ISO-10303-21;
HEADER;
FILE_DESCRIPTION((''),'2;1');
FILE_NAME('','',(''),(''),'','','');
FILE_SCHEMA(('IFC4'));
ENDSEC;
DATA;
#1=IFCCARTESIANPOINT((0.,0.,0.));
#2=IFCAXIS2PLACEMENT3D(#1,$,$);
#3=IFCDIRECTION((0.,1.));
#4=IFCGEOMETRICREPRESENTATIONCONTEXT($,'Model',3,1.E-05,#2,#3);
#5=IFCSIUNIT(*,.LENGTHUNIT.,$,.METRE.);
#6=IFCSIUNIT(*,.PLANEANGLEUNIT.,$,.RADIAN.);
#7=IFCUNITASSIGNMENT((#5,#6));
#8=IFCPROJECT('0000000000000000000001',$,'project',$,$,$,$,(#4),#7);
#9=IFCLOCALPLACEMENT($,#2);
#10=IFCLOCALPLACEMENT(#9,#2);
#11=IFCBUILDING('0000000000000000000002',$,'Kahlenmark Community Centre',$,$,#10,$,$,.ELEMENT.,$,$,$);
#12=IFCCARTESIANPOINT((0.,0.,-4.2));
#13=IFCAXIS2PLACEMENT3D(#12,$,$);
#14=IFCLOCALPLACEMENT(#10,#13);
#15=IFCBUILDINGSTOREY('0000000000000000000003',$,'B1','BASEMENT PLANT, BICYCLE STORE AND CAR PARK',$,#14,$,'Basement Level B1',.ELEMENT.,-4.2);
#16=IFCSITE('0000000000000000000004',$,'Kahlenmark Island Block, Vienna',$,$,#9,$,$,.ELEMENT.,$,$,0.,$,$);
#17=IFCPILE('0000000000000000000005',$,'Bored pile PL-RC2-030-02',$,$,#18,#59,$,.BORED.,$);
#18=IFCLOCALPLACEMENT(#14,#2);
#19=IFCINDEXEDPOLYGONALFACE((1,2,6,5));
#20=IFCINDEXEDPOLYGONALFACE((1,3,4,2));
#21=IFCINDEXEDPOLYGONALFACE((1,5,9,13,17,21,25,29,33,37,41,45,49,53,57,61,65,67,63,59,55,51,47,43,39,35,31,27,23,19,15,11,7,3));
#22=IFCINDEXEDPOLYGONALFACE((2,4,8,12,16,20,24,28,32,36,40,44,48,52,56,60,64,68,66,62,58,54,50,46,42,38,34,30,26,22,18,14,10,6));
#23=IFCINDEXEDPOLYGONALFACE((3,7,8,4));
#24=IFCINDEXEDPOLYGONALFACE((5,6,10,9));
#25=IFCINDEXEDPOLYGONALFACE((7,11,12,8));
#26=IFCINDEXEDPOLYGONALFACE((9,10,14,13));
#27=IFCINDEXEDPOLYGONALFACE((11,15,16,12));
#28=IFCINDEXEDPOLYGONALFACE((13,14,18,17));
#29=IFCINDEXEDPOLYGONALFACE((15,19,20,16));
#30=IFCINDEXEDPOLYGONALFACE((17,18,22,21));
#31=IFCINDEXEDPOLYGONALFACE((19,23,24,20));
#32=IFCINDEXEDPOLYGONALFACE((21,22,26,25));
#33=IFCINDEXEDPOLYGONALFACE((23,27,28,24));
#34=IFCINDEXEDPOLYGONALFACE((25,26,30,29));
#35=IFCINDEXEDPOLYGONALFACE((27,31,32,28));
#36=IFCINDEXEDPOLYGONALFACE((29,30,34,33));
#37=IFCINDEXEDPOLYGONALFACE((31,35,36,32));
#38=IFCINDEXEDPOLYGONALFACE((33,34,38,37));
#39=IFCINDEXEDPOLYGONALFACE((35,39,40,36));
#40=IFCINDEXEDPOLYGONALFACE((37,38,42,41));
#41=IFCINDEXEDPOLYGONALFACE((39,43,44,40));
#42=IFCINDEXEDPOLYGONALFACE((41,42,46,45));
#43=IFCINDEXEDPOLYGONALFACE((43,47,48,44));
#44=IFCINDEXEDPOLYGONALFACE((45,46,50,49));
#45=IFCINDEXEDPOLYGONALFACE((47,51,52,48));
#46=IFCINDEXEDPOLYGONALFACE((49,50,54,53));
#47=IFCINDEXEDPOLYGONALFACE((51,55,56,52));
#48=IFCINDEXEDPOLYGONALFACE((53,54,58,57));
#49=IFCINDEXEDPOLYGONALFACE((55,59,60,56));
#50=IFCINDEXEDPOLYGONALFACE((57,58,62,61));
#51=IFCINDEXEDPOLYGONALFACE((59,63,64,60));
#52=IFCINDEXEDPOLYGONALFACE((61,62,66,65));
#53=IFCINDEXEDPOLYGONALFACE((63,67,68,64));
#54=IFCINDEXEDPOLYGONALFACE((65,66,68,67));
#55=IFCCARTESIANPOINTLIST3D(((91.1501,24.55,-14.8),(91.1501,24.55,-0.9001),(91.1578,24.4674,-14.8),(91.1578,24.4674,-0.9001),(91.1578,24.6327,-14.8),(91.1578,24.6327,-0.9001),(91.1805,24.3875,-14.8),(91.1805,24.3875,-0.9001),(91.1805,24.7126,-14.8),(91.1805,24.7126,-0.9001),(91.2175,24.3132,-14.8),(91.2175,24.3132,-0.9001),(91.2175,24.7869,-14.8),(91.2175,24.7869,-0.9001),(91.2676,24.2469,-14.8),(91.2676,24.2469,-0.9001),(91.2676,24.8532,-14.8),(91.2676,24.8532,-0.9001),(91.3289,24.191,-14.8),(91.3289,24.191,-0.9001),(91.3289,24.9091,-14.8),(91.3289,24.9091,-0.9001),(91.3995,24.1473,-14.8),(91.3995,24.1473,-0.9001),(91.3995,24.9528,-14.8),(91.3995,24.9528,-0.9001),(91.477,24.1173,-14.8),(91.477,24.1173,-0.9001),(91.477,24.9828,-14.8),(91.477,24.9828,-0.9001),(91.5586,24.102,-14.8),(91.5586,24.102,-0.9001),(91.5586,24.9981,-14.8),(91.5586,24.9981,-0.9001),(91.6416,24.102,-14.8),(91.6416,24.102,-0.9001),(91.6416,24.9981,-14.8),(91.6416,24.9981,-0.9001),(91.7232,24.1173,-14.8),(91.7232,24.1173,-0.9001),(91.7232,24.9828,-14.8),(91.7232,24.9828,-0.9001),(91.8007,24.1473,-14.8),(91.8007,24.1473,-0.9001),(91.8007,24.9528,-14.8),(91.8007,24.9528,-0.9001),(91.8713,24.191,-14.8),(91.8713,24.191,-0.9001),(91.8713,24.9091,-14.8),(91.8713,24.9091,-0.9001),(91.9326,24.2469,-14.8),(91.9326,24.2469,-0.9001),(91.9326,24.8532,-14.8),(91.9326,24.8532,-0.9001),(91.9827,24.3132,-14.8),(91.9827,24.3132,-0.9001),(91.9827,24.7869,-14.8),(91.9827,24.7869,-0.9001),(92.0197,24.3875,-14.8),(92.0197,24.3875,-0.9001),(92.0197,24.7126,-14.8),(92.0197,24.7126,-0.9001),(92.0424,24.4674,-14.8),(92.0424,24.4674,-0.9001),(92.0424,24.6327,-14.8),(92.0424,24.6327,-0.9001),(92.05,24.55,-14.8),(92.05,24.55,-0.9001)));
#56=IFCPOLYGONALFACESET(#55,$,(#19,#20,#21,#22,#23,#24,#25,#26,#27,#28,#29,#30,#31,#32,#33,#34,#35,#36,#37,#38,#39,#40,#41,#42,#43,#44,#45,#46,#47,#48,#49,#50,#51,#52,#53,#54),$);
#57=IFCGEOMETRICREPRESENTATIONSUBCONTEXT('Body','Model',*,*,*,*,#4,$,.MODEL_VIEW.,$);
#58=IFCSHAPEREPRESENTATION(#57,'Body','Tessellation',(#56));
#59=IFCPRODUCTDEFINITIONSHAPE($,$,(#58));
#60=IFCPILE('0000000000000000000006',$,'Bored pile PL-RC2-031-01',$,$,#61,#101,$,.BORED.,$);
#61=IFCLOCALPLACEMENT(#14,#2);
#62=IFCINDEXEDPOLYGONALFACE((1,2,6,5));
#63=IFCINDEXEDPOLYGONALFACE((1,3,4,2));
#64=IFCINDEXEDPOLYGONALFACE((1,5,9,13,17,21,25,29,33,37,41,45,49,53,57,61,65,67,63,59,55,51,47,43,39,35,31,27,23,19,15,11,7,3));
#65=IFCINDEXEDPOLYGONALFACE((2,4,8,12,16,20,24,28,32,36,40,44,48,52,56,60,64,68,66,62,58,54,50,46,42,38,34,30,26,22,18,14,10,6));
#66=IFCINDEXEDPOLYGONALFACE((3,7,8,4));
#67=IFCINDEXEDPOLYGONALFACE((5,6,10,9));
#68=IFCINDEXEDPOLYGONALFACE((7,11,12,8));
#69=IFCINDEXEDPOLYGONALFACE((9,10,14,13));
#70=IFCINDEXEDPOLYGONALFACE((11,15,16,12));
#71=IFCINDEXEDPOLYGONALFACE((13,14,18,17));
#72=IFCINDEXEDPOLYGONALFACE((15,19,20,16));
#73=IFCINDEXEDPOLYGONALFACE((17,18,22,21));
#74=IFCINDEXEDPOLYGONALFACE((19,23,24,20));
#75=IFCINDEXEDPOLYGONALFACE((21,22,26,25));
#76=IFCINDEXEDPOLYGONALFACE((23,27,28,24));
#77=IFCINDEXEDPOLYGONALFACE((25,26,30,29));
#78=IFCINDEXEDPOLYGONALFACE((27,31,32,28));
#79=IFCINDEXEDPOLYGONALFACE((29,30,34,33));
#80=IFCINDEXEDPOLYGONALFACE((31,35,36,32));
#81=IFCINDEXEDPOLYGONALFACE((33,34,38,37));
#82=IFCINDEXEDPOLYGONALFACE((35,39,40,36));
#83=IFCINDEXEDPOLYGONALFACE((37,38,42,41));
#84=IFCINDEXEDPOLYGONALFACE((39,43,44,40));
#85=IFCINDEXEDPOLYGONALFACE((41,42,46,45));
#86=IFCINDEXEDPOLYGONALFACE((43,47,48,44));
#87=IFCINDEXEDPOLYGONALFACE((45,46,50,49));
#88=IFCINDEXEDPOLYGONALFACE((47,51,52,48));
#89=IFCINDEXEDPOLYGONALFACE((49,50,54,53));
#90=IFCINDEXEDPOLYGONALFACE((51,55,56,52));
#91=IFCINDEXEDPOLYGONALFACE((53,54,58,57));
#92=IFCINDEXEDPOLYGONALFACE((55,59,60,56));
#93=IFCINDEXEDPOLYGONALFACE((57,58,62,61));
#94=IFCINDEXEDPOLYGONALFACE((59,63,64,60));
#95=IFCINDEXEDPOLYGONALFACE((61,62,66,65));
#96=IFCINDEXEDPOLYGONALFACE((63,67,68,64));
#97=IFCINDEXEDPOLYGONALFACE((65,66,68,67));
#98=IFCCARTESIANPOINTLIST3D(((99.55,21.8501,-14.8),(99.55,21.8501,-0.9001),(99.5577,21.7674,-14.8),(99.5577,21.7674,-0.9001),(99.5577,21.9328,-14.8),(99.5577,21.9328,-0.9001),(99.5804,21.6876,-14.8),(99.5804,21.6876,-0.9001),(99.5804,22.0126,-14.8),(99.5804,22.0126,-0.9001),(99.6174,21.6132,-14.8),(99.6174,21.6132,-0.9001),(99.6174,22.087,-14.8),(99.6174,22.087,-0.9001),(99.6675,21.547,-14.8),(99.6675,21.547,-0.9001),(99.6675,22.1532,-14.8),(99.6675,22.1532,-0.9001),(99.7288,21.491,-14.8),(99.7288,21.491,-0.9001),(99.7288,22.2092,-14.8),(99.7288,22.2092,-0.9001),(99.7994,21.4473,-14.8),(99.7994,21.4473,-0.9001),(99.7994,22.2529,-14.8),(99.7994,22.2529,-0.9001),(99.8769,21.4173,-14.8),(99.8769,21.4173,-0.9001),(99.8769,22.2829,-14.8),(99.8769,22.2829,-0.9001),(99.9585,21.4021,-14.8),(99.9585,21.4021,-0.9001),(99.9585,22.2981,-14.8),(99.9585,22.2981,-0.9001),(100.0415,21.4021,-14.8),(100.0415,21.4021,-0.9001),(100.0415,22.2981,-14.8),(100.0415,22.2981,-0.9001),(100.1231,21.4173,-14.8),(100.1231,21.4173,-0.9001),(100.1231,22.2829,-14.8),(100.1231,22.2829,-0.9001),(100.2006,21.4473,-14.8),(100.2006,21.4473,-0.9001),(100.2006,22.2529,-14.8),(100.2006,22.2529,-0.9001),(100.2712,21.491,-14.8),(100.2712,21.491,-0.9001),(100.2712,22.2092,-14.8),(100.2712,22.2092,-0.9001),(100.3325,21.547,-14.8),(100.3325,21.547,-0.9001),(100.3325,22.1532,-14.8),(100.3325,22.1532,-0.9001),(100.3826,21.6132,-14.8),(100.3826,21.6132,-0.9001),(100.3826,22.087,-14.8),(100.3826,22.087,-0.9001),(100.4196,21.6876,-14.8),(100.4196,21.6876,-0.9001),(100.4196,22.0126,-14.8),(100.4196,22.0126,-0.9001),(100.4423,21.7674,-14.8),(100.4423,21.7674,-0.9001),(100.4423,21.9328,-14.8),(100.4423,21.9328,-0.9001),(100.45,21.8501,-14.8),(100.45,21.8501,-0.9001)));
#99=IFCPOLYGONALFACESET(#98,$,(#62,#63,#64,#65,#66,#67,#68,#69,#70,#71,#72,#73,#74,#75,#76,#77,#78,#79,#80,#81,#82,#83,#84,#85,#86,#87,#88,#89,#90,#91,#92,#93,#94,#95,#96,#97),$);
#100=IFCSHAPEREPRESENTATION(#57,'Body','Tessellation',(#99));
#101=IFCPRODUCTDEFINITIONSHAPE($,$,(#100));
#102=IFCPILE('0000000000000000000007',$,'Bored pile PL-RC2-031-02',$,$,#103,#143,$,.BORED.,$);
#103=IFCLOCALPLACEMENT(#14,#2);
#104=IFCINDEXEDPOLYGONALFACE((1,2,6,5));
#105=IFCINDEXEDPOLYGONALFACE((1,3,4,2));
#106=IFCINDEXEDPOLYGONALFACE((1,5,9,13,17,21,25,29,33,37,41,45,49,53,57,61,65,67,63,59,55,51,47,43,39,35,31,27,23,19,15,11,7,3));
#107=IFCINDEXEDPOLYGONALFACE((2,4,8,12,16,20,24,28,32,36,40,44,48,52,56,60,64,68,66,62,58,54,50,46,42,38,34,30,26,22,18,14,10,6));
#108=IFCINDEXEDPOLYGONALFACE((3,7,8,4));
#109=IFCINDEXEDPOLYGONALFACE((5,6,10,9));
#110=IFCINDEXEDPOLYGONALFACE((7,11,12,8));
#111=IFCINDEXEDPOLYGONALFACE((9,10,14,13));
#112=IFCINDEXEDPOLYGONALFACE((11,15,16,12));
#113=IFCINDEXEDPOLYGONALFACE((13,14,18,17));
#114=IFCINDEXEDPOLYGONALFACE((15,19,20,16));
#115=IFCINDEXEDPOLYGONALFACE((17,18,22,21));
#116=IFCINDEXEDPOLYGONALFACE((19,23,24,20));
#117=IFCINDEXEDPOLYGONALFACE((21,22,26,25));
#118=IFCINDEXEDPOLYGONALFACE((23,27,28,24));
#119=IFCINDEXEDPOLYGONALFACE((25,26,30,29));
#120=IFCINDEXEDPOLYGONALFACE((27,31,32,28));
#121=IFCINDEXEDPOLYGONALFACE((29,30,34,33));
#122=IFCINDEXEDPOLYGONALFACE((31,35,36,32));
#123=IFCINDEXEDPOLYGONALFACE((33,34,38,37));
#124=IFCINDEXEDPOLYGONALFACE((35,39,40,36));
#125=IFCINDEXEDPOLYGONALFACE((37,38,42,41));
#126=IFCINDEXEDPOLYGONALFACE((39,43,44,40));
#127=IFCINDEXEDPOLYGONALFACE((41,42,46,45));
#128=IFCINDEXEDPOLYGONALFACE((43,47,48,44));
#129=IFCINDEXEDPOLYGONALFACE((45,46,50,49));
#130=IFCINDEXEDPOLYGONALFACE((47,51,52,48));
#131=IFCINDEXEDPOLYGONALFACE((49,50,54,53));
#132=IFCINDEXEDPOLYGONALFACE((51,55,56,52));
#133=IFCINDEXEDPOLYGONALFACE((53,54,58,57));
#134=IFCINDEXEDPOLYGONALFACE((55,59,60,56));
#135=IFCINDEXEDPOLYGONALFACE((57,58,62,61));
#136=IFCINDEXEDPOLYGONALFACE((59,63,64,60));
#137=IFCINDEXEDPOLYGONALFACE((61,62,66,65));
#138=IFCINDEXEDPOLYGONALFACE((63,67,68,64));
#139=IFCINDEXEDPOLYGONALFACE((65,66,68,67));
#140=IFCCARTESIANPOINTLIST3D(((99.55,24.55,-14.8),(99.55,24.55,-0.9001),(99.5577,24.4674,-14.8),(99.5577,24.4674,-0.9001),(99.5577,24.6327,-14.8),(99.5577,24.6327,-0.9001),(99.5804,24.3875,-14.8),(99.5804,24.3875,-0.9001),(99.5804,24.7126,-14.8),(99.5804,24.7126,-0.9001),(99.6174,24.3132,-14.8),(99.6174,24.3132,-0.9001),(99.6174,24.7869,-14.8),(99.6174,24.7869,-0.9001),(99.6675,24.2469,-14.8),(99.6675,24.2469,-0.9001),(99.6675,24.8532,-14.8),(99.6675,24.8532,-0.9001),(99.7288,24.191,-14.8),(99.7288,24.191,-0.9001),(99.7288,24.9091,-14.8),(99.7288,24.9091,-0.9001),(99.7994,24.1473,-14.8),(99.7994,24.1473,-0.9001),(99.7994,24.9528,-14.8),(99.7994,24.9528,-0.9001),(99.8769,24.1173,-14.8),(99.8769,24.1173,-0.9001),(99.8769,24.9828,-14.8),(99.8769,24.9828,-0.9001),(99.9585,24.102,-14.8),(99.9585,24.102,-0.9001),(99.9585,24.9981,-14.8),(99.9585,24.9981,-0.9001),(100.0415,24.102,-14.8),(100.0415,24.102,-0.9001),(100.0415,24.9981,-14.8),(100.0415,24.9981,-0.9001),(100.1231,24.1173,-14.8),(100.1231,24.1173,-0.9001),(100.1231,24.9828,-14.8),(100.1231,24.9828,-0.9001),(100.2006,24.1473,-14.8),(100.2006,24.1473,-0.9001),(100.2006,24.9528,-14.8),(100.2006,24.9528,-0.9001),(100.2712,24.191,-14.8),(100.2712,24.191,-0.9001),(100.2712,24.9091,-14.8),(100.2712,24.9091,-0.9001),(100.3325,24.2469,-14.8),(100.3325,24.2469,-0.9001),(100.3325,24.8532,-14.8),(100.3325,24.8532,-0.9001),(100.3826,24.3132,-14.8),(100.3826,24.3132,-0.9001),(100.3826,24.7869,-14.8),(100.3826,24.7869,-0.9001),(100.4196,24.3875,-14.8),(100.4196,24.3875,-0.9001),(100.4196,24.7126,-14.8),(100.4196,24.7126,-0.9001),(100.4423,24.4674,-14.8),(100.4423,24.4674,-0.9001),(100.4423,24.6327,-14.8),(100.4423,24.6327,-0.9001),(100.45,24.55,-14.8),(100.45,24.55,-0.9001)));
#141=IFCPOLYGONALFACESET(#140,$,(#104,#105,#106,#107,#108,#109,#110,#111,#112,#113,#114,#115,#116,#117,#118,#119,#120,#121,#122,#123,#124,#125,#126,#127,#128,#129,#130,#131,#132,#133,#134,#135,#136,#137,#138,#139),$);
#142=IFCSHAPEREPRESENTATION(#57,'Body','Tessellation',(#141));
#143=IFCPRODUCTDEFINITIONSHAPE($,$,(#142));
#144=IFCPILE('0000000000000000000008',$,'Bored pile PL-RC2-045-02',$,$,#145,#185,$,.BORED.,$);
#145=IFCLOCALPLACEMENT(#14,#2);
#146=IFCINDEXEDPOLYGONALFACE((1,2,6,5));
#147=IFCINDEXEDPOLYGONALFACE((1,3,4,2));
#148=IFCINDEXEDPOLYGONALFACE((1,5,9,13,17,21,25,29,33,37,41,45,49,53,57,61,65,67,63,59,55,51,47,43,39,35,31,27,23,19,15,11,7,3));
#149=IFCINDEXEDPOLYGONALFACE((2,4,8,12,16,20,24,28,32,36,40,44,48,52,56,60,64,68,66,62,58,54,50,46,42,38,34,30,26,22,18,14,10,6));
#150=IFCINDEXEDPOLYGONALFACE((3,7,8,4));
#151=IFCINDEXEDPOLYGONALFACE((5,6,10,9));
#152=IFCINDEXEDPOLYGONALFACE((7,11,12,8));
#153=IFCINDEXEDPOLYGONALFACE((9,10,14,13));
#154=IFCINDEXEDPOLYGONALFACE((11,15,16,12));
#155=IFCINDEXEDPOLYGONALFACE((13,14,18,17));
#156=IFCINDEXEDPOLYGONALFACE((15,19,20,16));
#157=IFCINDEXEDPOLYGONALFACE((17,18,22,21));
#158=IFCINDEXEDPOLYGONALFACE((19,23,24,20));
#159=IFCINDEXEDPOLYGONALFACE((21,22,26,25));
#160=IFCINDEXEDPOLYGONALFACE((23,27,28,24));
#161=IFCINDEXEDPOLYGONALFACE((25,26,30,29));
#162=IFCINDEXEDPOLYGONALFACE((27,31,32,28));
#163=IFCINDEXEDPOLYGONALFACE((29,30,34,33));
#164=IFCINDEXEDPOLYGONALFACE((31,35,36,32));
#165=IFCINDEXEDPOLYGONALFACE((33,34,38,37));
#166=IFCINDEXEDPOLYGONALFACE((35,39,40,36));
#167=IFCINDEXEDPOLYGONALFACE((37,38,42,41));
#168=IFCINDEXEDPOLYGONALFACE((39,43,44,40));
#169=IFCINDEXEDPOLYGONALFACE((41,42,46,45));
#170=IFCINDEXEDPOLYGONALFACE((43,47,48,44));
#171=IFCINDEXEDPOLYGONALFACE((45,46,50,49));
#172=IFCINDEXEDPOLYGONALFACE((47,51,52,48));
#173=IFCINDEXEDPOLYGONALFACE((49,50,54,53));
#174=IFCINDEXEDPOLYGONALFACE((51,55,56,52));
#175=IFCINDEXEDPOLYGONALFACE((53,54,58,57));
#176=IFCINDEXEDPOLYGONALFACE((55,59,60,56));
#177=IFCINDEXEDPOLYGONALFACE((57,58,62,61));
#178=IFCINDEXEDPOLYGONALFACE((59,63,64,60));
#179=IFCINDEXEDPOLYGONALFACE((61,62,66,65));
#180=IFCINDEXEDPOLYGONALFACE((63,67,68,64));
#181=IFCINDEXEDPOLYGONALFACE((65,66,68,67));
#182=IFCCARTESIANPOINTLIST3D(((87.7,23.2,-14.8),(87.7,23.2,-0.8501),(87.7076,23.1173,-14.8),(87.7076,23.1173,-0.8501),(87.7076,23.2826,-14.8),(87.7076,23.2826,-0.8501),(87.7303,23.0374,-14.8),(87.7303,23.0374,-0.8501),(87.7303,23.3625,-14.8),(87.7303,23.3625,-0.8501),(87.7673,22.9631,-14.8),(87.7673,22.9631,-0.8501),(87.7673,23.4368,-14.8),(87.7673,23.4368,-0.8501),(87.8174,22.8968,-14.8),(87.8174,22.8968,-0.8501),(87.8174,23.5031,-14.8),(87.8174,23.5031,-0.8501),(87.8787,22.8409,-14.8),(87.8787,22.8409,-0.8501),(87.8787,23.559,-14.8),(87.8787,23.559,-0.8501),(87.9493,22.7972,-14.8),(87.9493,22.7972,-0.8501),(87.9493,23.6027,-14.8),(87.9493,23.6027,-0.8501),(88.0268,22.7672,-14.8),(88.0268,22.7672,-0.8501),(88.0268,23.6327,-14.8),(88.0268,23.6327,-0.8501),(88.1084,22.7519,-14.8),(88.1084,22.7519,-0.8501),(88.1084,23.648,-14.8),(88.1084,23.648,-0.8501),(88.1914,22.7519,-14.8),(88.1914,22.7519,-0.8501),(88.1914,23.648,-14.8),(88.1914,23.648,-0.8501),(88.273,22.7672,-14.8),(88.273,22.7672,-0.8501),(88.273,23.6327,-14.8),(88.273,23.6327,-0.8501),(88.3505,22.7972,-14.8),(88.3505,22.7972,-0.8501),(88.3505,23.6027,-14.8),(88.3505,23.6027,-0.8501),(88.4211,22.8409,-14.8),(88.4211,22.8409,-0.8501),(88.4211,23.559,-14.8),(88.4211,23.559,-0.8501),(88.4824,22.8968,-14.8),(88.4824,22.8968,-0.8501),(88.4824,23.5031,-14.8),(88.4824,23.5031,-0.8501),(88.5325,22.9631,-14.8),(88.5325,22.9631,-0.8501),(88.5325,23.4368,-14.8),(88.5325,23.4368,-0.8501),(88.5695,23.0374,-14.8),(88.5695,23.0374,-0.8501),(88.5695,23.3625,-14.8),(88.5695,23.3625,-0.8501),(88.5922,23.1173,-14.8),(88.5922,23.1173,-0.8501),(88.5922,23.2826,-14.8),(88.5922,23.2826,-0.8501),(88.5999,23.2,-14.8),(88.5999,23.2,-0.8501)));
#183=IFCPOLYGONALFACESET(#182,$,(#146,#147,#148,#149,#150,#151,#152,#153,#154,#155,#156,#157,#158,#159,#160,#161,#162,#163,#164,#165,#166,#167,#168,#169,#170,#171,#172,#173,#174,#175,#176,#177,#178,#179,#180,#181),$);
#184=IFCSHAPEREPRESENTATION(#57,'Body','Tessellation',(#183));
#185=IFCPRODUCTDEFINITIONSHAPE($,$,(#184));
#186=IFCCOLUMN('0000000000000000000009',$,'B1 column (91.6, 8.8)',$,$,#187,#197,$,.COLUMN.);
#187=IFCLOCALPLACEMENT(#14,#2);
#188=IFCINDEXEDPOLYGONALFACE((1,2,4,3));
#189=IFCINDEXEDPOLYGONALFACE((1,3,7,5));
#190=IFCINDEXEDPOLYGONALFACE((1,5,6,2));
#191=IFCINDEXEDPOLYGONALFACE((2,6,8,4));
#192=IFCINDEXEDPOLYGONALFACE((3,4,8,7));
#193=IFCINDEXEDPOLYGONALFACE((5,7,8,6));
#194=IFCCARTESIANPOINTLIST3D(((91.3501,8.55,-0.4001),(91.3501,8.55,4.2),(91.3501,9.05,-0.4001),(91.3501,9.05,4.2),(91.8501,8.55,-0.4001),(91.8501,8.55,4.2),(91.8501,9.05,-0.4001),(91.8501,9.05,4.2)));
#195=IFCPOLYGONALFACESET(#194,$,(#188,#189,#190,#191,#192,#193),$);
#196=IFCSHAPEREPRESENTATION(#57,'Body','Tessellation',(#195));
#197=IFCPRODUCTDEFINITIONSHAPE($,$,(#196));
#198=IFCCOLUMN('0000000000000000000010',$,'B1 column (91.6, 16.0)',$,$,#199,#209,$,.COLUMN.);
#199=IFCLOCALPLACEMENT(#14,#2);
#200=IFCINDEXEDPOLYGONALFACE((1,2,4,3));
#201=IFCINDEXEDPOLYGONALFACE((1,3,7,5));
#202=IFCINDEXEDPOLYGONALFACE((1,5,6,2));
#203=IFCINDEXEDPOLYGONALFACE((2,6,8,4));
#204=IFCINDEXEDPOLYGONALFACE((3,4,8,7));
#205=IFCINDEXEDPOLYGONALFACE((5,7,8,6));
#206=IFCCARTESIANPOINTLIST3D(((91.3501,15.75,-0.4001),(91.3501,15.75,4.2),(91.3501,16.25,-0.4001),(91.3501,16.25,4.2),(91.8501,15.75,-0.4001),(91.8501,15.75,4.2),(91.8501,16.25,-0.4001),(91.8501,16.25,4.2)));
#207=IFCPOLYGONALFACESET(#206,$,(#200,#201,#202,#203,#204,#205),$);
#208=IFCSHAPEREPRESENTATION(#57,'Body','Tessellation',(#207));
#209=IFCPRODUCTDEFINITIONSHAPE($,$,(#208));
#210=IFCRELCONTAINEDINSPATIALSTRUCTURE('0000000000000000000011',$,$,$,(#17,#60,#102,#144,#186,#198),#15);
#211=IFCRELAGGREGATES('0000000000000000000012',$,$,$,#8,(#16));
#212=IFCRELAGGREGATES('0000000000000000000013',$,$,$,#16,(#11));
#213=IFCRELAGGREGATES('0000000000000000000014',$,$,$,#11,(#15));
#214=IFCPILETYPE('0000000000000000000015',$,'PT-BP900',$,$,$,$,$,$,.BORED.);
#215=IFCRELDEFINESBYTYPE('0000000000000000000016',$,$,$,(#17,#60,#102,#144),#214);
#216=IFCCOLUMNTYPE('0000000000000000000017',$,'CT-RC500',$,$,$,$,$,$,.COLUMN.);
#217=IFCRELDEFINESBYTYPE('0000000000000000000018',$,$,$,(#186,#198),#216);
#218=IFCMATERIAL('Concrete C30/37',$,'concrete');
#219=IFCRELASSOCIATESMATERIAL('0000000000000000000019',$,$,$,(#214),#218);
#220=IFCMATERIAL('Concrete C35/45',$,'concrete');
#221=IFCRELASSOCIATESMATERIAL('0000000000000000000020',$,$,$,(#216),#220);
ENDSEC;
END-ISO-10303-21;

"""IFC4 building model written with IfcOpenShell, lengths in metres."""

from ifc_helpers import new_model, si_unit, direction, frame, origin, origin_2d, place, context, subcontext, project, spatial, rectangle, circle, extrude, material, material_profile, profile_set, type_object, element, save


model = new_model("IFC4")

# Units and contexts
model_context = context("Model", 3, precision=1e-05, world=origin(), true_north=direction((0.0, 1.0)))
body_context = subcontext(model_context, "Body", "Model", "MODEL_VIEW")
ifc_project = project(units=[si_unit("LENGTHUNIT", "METRE"), si_unit("PLANEANGLEUNIT", "RADIAN")], contexts=[model_context])

# Site, building, storey
site_placement = place(None, origin())
site = spatial("IfcSite", under=ifc_project, at=site_placement, Name="Kahlenmark Island Block, Vienna", CompositionType="ELEMENT", RefElevation=0.0)
building_placement = place(site_placement, origin())
building = spatial("IfcBuilding", under=site, at=building_placement, Name="Kahlenmark Community Centre", CompositionType="ELEMENT")
storey_placement = place(building_placement, frame((0.0, 0.0, -4.2)))
storey = spatial("IfcBuildingStorey", under=building, at=storey_placement, Name="B1", Description="BASEMENT PLANT, BICYCLE STORE AND CAR PARK", LongName="Basement Level B1", CompositionType="ELEMENT", Elevation=-4.2)

# Shared definitions
ifc_material_1 = material(Name="Concrete C30/37", Category="concrete")

# Piles
ifc_material_profile_1 = material_profile(ifc_material_1, circle(Radius=0.45, at=origin_2d()), Name="BORED PILE 900")
ifc_profile_set_1 = profile_set([ifc_material_profile_1], Name="Concrete C30/37")
pile_type_1 = type_object("IfcPileType", Name="PT-BP900", PredefinedType="BORED", material=ifc_profile_set_1)
for number, where, z_axis, x_axis, name in (
    (1, (91.6001, 24.55, -0.9001), (0.0, 0.0, -1.0), (1.0, 0.0, 0.0), "Bored pile PL-RC2-030-02"),
    (2, (100.0, 21.8501, -0.9001), (0.0, 0.0, -1.0), (1.0, 0.0, 0.0), "Bored pile PL-RC2-031-01"),
    (3, (100.0, 24.55, -0.9001), (0.0, 0.0, -1.0), (1.0, 0.0, 0.0), "Bored pile PL-RC2-031-02"),
):
    element("IfcPile", number, at=place(storey_placement, frame(where, z_axis=z_axis, x_axis=x_axis)), inside=storey, type_object=pile_type_1, Name=name, PredefinedType="BORED", context=body_context, shape_type="SweptSolid", body=[
        extrude(circle(Radius=0.45, at=origin_2d()), origin(), (0.0, 0.0, 1.0), 13.8999),
    ])
pile_placement = place(storey_placement, frame((88.1499, 23.2, -0.8501), z_axis=(0.0, 0.0, -1.0), x_axis=(1.0, 0.0, 0.0)))
element("IfcPile", 4, at=pile_placement, inside=storey, type_object=pile_type_1, Name="Bored pile PL-RC2-045-02", PredefinedType="BORED", context=body_context, shape_type="SweptSolid", body=[
    extrude(circle(Radius=0.45, at=origin_2d()), origin(), (0.0, 0.0, 1.0), 13.95),
])

# Columns
ifc_material_2 = material(Name="Concrete C35/45", Category="concrete")
ifc_material_profile_2 = material_profile(ifc_material_2, rectangle(XDim=0.5, YDim=0.5, at=origin_2d()), Name="RC 500x500")
ifc_profile_set_2 = profile_set([ifc_material_profile_2], Name="Concrete C35/45")
column_type = type_object("IfcColumnType", Name="CT-RC500", PredefinedType="COLUMN", material=ifc_profile_set_2)
for number, where, z_axis, x_axis, name in (
    (5, (91.6001, 8.8, -0.4001), (0.0, 0.0, 1.0), (1.0, 0.0, 0.0), "B1 column (91.6, 8.8)"),
    (6, (91.6001, 16.0, -0.4001), (0.0, 0.0, 1.0), (1.0, 0.0, 0.0), "B1 column (91.6, 16.0)"),
):
    element("IfcColumn", number, at=place(storey_placement, frame(where, z_axis=z_axis, x_axis=x_axis)), inside=storey, type_object=column_type, Name=name, PredefinedType="COLUMN", context=body_context, shape_type="SweptSolid", body=[
        extrude(rectangle(XDim=0.5, YDim=0.5, at=origin_2d()), origin(), (0.0, 0.0, 1.0), 4.6001),
    ])

save(model, "model.ifc")
